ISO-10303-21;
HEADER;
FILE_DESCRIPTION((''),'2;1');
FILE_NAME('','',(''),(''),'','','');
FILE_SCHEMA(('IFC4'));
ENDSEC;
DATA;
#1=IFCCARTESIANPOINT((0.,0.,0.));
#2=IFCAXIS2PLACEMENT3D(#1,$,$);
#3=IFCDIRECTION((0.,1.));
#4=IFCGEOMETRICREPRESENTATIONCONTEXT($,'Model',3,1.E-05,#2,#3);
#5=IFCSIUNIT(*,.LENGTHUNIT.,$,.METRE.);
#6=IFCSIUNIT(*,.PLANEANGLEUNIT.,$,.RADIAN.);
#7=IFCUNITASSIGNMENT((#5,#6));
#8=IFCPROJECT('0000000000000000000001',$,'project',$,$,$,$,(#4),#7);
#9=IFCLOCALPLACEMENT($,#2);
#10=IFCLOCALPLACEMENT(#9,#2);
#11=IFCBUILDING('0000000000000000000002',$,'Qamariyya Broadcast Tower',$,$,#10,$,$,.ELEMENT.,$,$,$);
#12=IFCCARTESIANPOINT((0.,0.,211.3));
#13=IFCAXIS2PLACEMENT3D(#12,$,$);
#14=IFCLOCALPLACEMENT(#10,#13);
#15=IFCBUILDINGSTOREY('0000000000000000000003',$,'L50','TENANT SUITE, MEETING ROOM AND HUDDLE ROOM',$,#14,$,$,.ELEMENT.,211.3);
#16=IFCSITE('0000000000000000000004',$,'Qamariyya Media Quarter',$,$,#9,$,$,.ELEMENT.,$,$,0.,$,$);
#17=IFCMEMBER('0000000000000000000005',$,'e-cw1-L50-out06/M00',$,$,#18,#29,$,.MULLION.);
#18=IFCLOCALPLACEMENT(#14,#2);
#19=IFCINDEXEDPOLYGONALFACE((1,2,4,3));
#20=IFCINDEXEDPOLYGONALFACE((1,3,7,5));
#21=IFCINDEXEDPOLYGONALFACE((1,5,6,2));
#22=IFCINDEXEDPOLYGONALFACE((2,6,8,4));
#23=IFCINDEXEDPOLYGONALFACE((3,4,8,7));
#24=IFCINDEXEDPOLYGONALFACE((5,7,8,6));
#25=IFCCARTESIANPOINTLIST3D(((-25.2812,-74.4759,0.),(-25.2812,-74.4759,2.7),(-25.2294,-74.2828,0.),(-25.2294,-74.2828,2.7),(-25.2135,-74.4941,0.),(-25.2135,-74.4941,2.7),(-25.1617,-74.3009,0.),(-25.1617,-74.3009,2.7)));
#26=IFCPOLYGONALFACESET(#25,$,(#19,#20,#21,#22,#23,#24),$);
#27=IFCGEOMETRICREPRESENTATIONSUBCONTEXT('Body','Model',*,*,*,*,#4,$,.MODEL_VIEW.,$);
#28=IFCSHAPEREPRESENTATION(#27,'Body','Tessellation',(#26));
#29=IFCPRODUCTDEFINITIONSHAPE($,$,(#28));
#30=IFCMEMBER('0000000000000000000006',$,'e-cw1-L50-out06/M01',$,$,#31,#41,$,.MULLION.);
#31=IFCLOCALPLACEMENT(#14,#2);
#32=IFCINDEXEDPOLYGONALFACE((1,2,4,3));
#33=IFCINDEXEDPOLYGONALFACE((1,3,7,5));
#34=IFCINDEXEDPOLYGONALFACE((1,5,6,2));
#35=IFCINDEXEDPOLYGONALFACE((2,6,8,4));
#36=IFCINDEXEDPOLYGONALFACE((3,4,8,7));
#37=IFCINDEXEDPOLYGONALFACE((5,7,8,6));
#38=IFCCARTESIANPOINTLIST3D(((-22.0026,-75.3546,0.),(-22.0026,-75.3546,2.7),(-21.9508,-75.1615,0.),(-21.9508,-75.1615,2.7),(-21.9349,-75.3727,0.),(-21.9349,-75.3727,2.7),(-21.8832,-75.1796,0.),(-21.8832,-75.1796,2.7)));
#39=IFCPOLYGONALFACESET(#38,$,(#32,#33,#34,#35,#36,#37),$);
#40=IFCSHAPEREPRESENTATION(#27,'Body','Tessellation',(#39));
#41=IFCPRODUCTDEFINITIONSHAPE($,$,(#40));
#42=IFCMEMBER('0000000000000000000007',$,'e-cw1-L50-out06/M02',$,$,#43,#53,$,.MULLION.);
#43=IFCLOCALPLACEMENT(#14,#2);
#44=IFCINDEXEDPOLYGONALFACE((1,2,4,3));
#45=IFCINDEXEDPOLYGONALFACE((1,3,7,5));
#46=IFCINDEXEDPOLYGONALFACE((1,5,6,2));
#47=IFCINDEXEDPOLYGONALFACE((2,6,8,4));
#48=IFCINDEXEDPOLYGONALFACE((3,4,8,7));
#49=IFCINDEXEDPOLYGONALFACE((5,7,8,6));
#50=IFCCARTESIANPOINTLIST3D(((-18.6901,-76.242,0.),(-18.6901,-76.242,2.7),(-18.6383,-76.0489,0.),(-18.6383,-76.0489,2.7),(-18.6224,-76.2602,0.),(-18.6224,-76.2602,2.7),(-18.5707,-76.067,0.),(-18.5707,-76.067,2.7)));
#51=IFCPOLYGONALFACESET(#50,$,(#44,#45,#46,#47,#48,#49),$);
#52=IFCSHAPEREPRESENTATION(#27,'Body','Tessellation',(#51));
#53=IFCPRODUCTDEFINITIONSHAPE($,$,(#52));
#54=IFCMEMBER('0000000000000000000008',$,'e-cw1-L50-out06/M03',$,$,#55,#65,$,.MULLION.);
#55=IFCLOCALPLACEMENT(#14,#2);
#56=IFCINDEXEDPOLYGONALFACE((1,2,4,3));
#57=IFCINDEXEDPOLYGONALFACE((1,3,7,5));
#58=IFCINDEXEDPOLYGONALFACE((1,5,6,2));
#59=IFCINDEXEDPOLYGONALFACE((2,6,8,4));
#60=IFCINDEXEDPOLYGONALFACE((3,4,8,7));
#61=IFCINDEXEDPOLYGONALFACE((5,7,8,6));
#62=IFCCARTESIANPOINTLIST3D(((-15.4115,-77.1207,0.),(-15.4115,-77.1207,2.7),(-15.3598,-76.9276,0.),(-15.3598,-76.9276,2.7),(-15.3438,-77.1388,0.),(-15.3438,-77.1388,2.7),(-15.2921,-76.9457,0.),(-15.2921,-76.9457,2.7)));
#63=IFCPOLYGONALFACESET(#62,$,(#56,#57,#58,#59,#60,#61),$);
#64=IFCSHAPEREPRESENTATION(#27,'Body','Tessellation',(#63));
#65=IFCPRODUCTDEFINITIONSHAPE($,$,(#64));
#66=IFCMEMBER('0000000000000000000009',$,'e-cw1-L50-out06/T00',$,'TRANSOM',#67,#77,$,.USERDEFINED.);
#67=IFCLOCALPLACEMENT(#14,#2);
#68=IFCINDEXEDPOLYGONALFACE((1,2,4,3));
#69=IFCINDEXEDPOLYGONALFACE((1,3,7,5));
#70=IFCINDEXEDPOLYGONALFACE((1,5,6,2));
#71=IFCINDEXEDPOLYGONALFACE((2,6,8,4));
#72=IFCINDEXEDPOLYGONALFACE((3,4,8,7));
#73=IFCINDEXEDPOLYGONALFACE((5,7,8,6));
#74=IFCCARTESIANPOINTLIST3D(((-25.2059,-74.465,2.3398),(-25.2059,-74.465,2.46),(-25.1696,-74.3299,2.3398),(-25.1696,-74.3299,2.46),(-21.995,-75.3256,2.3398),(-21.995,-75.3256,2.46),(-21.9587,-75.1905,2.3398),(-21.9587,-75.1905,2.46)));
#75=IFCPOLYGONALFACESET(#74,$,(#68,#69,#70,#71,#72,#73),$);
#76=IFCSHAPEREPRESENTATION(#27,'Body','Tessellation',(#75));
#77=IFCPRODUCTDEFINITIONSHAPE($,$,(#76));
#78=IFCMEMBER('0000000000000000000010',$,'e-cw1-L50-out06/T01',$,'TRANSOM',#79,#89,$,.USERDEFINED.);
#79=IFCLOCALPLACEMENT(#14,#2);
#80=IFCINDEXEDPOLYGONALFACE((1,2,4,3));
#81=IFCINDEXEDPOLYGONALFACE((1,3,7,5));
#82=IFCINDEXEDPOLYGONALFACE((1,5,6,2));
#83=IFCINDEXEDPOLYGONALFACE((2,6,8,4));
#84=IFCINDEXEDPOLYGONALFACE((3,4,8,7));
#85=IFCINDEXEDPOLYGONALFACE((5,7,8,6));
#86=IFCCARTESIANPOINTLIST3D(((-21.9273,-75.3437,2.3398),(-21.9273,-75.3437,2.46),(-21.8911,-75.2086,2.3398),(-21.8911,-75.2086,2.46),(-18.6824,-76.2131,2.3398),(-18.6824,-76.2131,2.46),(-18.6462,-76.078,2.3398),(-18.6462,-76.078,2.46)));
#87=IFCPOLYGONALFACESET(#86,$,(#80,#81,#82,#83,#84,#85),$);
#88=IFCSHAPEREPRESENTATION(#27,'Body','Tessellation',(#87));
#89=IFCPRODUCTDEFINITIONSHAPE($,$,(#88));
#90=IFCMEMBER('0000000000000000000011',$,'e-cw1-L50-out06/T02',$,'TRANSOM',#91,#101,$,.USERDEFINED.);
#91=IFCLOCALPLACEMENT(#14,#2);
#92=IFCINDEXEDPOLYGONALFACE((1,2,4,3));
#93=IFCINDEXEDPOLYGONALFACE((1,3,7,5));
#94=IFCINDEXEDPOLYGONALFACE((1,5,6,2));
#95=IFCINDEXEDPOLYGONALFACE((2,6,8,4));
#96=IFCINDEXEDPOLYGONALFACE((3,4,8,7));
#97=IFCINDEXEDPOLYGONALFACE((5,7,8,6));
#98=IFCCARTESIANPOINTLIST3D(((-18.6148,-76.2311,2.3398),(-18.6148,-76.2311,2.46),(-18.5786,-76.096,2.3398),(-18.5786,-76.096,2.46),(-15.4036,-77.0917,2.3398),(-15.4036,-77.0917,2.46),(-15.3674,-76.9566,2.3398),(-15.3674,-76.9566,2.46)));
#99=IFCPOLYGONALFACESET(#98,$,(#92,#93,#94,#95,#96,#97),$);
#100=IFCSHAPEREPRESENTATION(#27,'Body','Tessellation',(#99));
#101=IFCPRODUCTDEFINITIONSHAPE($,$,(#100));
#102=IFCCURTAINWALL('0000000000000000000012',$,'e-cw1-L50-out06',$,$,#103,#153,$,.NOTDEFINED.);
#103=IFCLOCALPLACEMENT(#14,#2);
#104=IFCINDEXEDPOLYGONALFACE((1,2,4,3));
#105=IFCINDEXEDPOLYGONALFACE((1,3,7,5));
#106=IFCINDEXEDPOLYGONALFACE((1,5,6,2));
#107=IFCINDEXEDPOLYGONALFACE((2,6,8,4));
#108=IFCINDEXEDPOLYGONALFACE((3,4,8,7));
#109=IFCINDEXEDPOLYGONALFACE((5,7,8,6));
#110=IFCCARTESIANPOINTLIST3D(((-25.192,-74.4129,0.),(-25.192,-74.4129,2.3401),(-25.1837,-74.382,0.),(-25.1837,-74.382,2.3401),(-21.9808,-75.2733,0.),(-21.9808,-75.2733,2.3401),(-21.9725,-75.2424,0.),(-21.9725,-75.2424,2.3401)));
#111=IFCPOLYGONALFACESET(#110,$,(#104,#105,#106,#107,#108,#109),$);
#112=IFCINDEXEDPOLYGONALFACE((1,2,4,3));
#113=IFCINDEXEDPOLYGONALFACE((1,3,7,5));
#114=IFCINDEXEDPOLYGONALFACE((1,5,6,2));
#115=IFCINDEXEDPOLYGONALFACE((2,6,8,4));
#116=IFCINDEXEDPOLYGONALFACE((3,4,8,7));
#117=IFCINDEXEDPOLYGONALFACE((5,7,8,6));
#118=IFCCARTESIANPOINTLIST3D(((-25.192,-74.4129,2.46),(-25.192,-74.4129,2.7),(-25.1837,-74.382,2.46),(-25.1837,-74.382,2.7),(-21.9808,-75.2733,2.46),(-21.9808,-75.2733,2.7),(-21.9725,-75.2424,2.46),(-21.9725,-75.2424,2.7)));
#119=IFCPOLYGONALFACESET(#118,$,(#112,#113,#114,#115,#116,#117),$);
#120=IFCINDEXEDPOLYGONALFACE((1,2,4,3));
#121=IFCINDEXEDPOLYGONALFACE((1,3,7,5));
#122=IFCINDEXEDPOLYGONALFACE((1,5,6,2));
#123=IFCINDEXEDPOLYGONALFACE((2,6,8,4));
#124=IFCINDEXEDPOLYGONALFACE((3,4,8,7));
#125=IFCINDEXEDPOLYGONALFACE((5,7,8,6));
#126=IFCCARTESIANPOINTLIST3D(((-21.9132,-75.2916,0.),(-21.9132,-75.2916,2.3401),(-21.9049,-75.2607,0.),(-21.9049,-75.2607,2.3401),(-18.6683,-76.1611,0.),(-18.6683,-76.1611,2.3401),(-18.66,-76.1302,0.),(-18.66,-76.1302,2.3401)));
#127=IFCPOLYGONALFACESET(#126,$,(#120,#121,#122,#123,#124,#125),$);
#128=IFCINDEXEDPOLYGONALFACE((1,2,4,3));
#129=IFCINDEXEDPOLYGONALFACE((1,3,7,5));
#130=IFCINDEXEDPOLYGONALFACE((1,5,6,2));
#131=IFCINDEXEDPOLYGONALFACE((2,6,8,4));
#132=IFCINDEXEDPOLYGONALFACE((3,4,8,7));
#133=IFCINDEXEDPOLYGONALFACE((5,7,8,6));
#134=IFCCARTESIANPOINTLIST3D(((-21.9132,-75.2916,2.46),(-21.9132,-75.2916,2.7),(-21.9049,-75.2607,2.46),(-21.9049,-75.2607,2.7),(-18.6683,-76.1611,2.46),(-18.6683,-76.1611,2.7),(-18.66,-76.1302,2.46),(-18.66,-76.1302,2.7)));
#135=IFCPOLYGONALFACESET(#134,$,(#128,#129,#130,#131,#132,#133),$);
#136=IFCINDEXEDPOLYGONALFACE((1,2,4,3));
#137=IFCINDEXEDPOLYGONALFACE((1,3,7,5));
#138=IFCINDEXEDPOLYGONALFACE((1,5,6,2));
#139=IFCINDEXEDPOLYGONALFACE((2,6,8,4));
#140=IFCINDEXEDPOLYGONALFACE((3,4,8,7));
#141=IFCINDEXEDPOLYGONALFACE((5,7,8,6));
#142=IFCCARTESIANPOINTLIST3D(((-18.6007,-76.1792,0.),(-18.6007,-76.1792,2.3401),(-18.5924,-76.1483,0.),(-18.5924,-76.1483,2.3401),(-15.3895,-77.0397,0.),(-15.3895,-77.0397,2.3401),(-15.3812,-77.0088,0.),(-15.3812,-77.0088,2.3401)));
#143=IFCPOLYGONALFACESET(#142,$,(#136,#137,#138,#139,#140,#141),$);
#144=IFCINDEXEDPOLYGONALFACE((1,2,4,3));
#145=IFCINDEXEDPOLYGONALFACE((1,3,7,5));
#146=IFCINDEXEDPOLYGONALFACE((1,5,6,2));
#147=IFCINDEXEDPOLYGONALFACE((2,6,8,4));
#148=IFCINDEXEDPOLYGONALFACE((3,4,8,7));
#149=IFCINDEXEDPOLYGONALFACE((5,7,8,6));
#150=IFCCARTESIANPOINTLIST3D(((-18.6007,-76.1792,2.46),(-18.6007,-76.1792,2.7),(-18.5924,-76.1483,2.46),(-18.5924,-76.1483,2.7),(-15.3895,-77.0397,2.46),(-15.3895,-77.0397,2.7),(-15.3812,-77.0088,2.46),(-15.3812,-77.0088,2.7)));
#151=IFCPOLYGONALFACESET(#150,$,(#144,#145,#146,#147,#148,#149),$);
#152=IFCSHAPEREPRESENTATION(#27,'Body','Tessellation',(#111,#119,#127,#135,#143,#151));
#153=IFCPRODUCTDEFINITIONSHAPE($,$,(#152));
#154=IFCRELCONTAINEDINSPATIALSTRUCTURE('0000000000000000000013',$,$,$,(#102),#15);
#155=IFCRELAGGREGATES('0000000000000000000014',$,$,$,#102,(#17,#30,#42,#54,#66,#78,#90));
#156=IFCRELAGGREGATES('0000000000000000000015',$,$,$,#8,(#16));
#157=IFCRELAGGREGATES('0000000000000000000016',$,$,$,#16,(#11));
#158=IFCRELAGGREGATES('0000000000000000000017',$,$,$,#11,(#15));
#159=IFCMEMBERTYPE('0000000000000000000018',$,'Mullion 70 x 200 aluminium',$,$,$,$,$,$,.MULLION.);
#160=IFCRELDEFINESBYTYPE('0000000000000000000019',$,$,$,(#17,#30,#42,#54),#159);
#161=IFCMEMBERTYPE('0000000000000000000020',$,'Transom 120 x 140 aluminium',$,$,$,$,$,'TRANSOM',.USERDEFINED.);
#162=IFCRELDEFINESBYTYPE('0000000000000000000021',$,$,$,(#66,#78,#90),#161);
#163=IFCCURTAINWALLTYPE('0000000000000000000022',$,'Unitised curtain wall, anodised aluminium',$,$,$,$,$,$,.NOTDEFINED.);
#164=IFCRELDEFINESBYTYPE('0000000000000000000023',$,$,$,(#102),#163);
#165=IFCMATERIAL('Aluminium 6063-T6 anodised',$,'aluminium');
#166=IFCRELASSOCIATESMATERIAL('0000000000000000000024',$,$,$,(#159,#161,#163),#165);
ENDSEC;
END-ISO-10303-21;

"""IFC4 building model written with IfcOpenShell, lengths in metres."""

from ifc_helpers import new_model, si_unit, direction, frame, origin, origin_2d, place, context, subcontext, project, spatial, rectangle, extrude, material, material_profile, profile_set, type_object, element, aggregate, save


model = new_model("IFC4")

# Units and contexts
model_context = context("Model", 3, precision=1e-05, world=origin(), true_north=direction((0.0, 1.0)))
body_context = subcontext(model_context, "Body", "Model", "MODEL_VIEW")
ifc_project = project(units=[si_unit("LENGTHUNIT", "METRE"), si_unit("PLANEANGLEUNIT", "RADIAN")], contexts=[model_context])

# Members
ifc_material_1 = material(Name="Aluminium 6063-T6 anodised", Category="aluminium")
ifc_material_profile_1 = material_profile(ifc_material_1, rectangle(XDim=0.2, YDim=0.0701, at=origin_2d()))
ifc_profile_set_1 = profile_set([ifc_material_profile_1], Name="Aluminium 6063-T6 anodised")
member_type_1 = type_object("IfcMemberType", Name="Mullion 70 x 200 aluminium", PredefinedType="MULLION", material=ifc_profile_set_1)
site_placement = place(None, origin())
building_placement = place(site_placement, origin())
storey_placement = place(building_placement, frame((0.0, 0.0, 211.3)))
member_1_placement = place(storey_placement, frame((-25.2214, -74.3884, 0.0), z_axis=(0.0, 0.0, 1.0), x_axis=(0.258819, 0.965926, 0.0)))
member_1 = element("IfcMember", 1, at=member_1_placement, type_object=member_type_1, Name="e-cw1-L50-out06/M00", PredefinedType="MULLION", context=body_context, shape_type="SweptSolid", body=[
    extrude(rectangle(XDim=0.2, YDim=0.0701, at=origin_2d()), origin(), (0.0, 0.0, 1.0), 2.7),
])
member_2_placement = place(storey_placement, frame((-21.9429, -75.2671, 0.0), z_axis=(0.0, 0.0, 1.0), x_axis=(0.258819, 0.965926, 0.0)))
member_2 = element("IfcMember", 2, at=member_2_placement, type_object=member_type_1, Name="e-cw1-L50-out06/M01", PredefinedType="MULLION", context=body_context, shape_type="SweptSolid", body=[
    extrude(rectangle(XDim=0.2, YDim=0.0701, at=origin_2d()), origin(), (0.0, 0.0, 1.0), 2.7),
])
member_3_placement = place(storey_placement, frame((-18.6304, -76.1545, 0.0), z_axis=(0.0, 0.0, 1.0), x_axis=(0.258819, 0.965926, 0.0)))
member_3 = element("IfcMember", 3, at=member_3_placement, type_object=member_type_1, Name="e-cw1-L50-out06/M02", PredefinedType="MULLION", context=body_context, shape_type="SweptSolid", body=[
    extrude(rectangle(XDim=0.2, YDim=0.0701, at=origin_2d()), origin(), (0.0, 0.0, 1.0), 2.7),
])
member_4_placement = place(storey_placement, frame((-15.3518, -77.0332, 0.0), z_axis=(0.0, 0.0, 1.0), x_axis=(0.258819, 0.965926, 0.0)))
member_4 = element("IfcMember", 4, at=member_4_placement, type_object=member_type_1, Name="e-cw1-L50-out06/M03", PredefinedType="MULLION", context=body_context, shape_type="SweptSolid", body=[
    extrude(rectangle(XDim=0.2, YDim=0.0701, at=origin_2d()), origin(), (0.0, 0.0, 1.0), 2.7),
])
ifc_material_profile_2 = material_profile(ifc_material_1, rectangle(XDim=0.1399, YDim=0.1201, at=origin_2d()))
ifc_profile_set_2 = profile_set([ifc_material_profile_2], Name="Aluminium 6063-T6 anodised")
member_type_2 = type_object("IfcMemberType", Name="Transom 120 x 140 aluminium", ElementType="TRANSOM", PredefinedType="USERDEFINED", material=ifc_profile_set_2)
member_5_placement = place(storey_placement, frame((-25.1877, -74.3975, 2.3999), z_axis=(0.965909, -0.258883, 0.0), x_axis=(0.258883, 0.965909, 0.0)))
member_5 = element("IfcMember", 5, at=member_5_placement, type_object=member_type_2, Name="e-cw1-L50-out06/T00", ObjectType="TRANSOM", PredefinedType="USERDEFINED", context=body_context, shape_type="SweptSolid", body=[
    extrude(rectangle(XDim=0.1399, YDim=0.1201, at=origin_2d()), origin(), (0.0, 0.0, 1.0), 3.3242),
])
member_6_placement = place(storey_placement, frame((-21.9092, -75.2761, 2.3999), z_axis=(0.965932, -0.258798, 0.0), x_axis=(0.258798, 0.965932, 0.0)))
member_6 = element("IfcMember", 6, at=member_6_placement, type_object=member_type_2, Name="e-cw1-L50-out06/T01", ObjectType="TRANSOM", PredefinedType="USERDEFINED", context=body_context, shape_type="SweptSolid", body=[
    extrude(rectangle(XDim=0.1399, YDim=0.1201, at=origin_2d()), origin(), (0.0, 0.0, 1.0), 3.3594),
])
member_7_placement = place(storey_placement, frame((-18.5967, -76.1636, 2.3999), z_axis=(0.965914, -0.258865, 0.0), x_axis=(0.258865, 0.965914, 0.0)))
member_7 = element("IfcMember", 7, at=member_7_placement, type_object=member_type_2, Name="e-cw1-L50-out06/T02", ObjectType="TRANSOM", PredefinedType="USERDEFINED", context=body_context, shape_type="SweptSolid", body=[
    extrude(rectangle(XDim=0.1399, YDim=0.1201, at=origin_2d()), origin(), (0.0, 0.0, 1.0), 3.3245),
])

# Site, building, storey
site = spatial("IfcSite", under=ifc_project, at=site_placement, Name="Qamariyya Media Quarter", CompositionType="ELEMENT", RefElevation=0.0)
building = spatial("IfcBuilding", under=site, at=building_placement, Name="Qamariyya Broadcast Tower", CompositionType="ELEMENT")
storey = spatial("IfcBuildingStorey", under=building, at=storey_placement, Name="L50", Description="TENANT SUITE, MEETING ROOM AND HUDDLE ROOM", CompositionType="ELEMENT", Elevation=211.3)

# Curtain wall
curtain_wall_type = type_object("IfcCurtainWallType", Name="Unitised curtain wall, anodised aluminium", PredefinedType="NOTDEFINED", material=ifc_material_1)
curtain_wall_1_placement = place(storey_placement, origin())
curtain_wall_1 = element("IfcCurtainWall", 8, at=curtain_wall_1_placement, inside=storey, type_object=curtain_wall_type, Name="e-cw1-L50-out06", PredefinedType="NOTDEFINED", context=body_context, shape_type="SweptSolid", body=[
    extrude(rectangle(XDim=3.3245, YDim=0.032, at=origin_2d()), frame((-23.5823, -74.8276, 0.0), x_axis=(0.965923, -0.258828, 0.0)), (0.0, 0.0, 1.0), 2.3401),
    extrude(rectangle(XDim=3.3245, YDim=0.032, at=origin_2d()), frame((-23.5823, -74.8276, 2.46), x_axis=(0.965923, -0.258828, 0.0)), (0.0, 0.0, 1.0), 0.24),
    extrude(rectangle(XDim=3.3594, YDim=0.032, at=origin_2d()), frame((-20.2866, -75.7109, 0.0), x_axis=(0.965923, -0.258828, 0.0)), (0.0, 0.0, 1.0), 2.3401),
    extrude(rectangle(XDim=3.3594, YDim=0.032, at=origin_2d()), frame((-20.2866, -75.7109, 2.46), x_axis=(0.965923, -0.258828, 0.0)), (0.0, 0.0, 1.0), 0.24),
    extrude(rectangle(XDim=3.3245, YDim=0.032, at=origin_2d()), frame((-16.991, -76.594, 0.0), x_axis=(0.965923, -0.258828, 0.0)), (0.0, 0.0, 1.0), 2.3401),
    extrude(rectangle(XDim=3.3245, YDim=0.032, at=origin_2d()), frame((-16.991, -76.594, 2.46), x_axis=(0.965923, -0.258828, 0.0)), (0.0, 0.0, 1.0), 0.24),
])
aggregate(curtain_wall_1, [member_1, member_2, member_3, member_4, member_5, member_6, member_7])

save(model, "model.ifc")
